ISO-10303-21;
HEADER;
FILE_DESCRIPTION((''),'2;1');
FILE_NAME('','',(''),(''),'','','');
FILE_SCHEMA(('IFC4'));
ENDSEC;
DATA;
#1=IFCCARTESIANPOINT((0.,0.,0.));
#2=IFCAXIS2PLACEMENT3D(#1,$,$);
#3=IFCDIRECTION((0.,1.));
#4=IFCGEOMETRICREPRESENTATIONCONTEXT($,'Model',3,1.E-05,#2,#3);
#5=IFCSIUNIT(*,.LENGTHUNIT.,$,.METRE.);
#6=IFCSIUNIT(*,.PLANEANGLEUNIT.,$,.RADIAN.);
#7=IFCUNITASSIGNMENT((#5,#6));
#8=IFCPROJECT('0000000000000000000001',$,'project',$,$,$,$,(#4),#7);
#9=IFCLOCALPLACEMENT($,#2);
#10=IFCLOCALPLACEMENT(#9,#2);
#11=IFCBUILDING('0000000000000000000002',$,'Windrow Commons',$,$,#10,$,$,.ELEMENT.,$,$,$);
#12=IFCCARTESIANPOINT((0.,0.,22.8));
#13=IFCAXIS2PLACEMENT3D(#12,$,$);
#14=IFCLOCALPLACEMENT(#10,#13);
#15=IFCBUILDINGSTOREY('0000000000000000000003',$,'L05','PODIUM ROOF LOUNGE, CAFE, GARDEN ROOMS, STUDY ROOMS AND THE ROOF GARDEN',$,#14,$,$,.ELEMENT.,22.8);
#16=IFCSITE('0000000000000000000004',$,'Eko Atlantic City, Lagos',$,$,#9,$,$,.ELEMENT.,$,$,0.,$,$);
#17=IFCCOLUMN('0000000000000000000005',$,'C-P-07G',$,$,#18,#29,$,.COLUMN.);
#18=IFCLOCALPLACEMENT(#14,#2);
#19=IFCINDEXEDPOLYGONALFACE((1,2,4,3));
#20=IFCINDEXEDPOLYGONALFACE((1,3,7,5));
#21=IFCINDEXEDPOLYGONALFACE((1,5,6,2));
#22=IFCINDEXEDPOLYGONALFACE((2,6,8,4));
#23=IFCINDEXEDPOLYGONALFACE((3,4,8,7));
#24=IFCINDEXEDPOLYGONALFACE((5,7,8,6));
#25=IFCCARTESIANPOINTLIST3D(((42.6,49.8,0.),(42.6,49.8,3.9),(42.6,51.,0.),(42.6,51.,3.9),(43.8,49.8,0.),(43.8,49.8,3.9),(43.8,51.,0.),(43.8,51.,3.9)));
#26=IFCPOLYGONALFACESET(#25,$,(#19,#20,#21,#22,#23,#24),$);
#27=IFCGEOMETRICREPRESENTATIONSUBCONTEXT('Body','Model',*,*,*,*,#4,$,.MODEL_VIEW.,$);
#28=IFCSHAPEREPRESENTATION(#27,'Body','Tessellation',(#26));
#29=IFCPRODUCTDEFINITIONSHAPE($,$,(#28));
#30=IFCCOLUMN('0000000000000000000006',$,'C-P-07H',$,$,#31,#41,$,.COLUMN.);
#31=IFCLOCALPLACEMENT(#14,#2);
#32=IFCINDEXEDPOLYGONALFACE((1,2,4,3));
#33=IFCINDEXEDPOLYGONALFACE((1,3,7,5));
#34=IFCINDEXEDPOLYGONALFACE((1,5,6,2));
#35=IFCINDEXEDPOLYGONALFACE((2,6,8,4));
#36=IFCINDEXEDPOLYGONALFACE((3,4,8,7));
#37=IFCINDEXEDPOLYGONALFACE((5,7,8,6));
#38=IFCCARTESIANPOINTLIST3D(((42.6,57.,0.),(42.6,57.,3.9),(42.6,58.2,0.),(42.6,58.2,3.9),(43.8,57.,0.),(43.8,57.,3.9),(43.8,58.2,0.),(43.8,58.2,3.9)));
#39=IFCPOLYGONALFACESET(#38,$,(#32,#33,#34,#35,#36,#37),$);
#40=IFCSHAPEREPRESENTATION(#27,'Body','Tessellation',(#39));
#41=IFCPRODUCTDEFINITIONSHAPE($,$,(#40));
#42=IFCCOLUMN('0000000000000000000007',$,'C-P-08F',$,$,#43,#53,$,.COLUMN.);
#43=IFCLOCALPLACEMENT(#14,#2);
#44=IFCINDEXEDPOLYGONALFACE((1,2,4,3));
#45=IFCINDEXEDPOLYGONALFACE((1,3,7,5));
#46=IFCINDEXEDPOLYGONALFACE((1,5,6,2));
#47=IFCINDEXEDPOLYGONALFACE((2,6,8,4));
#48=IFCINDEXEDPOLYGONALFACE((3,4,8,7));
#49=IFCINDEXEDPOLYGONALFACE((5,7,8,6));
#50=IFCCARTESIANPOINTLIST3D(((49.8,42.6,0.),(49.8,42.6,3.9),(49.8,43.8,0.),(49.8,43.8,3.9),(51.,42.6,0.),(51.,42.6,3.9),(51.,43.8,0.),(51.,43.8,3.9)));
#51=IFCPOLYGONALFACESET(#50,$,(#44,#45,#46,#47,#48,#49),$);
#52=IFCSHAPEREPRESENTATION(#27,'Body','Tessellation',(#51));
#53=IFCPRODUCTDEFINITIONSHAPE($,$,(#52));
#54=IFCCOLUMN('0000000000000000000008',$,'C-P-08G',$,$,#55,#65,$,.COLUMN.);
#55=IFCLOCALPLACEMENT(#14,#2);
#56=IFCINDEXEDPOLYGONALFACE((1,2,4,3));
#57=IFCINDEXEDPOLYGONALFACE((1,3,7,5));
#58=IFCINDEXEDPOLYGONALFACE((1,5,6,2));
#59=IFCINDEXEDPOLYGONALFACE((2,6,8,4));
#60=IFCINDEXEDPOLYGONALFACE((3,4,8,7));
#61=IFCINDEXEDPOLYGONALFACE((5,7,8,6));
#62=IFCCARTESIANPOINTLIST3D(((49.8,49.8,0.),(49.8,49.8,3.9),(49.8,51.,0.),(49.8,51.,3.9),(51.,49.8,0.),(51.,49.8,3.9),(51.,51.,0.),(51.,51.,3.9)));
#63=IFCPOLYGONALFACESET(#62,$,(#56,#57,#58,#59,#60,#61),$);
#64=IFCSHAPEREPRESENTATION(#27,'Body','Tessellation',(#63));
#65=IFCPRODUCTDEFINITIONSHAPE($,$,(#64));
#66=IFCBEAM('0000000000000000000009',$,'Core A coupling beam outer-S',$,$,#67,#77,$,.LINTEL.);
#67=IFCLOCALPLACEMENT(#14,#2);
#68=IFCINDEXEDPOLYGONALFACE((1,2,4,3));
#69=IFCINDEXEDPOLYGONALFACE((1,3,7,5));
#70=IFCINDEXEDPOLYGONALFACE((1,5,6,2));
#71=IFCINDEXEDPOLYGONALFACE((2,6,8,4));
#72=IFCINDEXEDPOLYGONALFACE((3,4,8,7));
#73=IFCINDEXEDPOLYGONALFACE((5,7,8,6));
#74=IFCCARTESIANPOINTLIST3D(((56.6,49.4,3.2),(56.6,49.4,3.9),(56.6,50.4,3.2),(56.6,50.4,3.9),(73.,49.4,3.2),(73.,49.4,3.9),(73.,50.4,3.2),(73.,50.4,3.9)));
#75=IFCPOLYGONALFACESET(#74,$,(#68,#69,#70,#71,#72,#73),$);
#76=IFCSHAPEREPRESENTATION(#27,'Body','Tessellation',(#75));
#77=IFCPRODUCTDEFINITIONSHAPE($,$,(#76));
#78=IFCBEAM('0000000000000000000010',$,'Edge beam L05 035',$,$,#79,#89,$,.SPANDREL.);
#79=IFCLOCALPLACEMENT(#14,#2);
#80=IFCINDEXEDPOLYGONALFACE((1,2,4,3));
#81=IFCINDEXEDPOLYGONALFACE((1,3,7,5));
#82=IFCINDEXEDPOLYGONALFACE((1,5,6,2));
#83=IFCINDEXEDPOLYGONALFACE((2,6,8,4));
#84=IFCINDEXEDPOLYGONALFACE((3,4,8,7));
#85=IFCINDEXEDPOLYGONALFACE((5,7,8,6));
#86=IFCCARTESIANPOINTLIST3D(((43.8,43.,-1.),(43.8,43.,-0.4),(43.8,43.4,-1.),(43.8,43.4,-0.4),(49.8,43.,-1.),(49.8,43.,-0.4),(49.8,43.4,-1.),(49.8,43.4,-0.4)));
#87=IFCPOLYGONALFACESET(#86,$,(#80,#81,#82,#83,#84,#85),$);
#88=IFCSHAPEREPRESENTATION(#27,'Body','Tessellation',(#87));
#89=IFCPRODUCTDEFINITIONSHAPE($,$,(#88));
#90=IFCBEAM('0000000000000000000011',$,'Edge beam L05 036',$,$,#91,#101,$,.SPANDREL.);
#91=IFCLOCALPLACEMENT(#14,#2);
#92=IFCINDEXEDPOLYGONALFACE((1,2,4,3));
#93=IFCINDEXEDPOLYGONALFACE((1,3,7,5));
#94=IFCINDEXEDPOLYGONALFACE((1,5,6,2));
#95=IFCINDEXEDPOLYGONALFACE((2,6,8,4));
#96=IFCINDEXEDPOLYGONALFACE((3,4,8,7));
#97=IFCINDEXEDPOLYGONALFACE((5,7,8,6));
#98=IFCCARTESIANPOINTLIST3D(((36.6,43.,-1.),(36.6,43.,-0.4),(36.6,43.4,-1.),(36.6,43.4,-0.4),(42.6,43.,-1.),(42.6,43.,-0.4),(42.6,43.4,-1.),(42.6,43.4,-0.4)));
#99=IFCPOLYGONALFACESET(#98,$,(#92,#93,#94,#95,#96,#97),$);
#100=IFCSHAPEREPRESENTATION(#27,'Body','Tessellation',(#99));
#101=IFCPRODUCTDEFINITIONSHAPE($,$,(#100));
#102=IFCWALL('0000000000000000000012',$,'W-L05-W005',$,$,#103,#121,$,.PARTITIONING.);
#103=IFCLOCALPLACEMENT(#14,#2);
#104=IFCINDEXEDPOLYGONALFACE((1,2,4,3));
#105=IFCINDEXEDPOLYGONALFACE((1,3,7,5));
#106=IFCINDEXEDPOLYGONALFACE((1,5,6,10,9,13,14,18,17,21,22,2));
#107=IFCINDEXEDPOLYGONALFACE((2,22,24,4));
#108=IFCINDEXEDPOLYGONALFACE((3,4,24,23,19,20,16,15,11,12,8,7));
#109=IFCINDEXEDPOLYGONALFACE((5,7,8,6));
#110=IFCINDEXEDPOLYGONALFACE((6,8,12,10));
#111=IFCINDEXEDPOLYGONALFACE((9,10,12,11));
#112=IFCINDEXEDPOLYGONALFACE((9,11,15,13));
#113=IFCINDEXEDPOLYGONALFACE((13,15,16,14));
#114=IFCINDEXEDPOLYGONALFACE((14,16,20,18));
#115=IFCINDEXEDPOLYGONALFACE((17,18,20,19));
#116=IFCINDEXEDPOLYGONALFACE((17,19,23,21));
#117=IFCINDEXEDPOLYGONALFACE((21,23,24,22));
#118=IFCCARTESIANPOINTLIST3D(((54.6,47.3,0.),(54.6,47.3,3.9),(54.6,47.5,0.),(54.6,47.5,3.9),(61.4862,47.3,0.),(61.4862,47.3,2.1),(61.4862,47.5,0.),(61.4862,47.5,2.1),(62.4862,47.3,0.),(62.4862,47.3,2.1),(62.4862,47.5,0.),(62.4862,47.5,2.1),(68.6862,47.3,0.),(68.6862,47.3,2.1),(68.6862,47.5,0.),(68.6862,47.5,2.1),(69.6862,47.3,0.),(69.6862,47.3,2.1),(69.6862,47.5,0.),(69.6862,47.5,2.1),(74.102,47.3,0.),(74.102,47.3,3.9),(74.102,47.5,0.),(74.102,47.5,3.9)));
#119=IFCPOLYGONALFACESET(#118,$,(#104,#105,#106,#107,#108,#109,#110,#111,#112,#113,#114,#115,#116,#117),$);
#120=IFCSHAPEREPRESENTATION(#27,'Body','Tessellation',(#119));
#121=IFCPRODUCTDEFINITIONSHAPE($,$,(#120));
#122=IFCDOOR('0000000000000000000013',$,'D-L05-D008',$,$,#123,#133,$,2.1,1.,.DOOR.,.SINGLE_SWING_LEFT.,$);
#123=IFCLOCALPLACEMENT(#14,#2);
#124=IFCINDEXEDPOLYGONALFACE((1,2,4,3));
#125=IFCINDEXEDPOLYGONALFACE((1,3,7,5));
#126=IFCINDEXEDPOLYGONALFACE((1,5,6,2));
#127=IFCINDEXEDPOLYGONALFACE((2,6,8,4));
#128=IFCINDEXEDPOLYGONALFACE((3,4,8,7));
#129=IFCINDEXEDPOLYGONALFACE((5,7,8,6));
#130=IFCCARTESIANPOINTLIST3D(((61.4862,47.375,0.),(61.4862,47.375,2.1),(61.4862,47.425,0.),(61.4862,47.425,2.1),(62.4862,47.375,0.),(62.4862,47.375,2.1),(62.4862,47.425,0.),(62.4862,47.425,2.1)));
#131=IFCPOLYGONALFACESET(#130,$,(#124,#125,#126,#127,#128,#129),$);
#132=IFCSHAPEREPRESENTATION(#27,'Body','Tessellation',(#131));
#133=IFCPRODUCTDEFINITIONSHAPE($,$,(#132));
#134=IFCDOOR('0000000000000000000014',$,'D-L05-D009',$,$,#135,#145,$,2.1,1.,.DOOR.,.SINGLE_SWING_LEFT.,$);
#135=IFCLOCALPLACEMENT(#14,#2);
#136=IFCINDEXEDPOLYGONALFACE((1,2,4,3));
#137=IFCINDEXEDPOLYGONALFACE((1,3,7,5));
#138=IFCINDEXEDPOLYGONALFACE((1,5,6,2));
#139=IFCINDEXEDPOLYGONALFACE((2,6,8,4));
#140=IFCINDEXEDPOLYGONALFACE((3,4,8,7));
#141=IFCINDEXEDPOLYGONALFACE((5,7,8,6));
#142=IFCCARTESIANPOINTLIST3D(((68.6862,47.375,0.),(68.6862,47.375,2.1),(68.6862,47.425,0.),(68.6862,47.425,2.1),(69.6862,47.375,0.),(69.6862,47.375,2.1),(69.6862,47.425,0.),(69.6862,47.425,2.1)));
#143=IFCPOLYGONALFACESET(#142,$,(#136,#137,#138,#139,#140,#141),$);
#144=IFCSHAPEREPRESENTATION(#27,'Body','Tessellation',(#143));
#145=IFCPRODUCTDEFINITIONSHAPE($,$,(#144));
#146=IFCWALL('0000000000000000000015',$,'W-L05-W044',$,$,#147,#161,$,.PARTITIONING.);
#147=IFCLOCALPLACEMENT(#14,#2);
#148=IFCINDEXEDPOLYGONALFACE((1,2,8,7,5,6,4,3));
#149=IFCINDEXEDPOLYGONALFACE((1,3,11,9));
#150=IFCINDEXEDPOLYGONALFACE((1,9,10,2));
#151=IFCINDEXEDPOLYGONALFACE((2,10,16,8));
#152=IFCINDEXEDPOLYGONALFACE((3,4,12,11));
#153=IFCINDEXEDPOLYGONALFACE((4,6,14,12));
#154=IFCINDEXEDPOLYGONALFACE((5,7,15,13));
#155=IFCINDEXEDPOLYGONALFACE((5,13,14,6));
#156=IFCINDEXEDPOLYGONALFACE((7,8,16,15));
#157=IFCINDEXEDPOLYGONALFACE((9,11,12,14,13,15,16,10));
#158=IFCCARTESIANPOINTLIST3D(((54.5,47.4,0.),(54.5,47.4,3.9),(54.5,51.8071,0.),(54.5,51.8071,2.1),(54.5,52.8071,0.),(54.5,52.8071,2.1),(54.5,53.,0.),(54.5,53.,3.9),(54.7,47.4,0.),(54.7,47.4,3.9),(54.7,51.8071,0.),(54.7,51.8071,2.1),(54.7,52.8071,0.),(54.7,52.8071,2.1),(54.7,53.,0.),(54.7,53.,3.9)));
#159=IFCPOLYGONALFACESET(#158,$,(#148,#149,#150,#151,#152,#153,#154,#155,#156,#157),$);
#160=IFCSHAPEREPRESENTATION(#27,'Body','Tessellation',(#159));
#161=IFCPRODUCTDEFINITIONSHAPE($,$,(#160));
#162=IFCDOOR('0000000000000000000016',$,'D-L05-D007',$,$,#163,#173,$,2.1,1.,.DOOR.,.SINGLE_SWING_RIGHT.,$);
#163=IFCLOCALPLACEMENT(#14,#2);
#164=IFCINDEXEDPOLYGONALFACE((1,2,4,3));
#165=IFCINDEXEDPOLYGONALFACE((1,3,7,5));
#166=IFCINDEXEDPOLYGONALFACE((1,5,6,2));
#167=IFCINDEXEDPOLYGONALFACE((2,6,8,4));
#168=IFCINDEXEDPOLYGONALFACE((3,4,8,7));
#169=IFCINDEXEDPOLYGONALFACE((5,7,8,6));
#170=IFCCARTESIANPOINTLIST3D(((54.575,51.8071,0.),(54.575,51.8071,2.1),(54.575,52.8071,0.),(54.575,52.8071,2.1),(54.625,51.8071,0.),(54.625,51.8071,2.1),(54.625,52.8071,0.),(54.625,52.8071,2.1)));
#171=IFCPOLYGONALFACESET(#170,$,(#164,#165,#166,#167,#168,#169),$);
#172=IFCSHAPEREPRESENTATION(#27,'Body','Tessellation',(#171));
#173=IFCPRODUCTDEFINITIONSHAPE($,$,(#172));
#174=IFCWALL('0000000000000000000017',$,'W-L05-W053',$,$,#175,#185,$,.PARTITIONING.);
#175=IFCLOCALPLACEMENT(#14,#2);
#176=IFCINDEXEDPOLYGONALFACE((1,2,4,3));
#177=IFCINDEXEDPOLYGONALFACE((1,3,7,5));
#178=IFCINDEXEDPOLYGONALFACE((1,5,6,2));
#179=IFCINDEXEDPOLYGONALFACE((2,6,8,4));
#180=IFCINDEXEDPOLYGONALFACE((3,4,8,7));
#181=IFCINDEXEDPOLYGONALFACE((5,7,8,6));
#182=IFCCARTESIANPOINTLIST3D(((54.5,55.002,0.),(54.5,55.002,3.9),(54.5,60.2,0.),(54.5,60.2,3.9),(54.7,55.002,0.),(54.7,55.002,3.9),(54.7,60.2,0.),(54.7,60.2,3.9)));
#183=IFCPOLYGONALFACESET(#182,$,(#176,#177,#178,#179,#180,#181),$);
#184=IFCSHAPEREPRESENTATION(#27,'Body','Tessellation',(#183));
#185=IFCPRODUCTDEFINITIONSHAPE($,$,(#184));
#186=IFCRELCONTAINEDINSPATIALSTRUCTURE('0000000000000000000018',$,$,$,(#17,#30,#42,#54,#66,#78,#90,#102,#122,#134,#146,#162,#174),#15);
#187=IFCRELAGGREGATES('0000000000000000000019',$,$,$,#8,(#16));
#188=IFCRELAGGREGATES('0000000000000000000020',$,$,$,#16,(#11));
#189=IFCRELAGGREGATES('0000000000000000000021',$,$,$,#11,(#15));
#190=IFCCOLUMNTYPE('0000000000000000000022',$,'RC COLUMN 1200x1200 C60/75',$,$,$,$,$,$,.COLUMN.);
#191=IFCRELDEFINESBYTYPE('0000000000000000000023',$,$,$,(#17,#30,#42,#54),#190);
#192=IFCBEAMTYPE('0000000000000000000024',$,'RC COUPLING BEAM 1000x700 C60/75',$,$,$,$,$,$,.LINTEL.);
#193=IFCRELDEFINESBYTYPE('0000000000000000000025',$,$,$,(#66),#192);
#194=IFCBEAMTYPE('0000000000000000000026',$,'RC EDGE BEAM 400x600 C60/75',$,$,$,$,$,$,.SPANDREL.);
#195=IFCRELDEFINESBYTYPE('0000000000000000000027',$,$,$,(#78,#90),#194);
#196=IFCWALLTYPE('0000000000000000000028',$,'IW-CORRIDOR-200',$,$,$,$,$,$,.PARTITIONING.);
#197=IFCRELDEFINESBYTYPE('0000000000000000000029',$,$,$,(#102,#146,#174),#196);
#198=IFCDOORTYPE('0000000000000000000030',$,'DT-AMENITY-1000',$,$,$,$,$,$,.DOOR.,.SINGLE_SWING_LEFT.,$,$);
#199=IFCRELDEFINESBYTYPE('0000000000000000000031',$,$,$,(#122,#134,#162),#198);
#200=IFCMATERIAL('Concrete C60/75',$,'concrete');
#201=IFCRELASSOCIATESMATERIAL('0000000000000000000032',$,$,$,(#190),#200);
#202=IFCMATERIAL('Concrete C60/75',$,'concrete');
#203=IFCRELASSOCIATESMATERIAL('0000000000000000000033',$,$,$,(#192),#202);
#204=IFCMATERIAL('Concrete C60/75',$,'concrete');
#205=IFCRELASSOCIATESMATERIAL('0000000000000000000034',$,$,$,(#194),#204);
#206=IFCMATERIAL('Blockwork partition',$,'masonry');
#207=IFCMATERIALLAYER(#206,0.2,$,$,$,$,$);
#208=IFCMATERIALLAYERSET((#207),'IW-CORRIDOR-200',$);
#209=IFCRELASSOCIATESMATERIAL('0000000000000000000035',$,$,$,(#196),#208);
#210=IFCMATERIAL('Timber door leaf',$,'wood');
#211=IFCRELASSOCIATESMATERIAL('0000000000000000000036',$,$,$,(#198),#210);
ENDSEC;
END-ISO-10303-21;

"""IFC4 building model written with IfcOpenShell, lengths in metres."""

from ifc_helpers import new_model, si_unit, direction, frame, frame_2d, origin, origin_2d, place, context, subcontext, project, spatial, rectangle, extrude, material, layer, layer_set, material_profile, profile_set, type_object, element, fill, save


model = new_model("IFC4")

# Units and contexts
model_context = context("Model", 3, precision=1e-05, world=origin(), true_north=direction((0.0, 1.0)))
body_context = subcontext(model_context, "Body", "Model", "MODEL_VIEW")
ifc_project = project(units=[si_unit("LENGTHUNIT", "METRE"), si_unit("PLANEANGLEUNIT", "RADIAN")], contexts=[model_context])

# Site, building, storey
site_placement = place(None, origin())
site = spatial("IfcSite", under=ifc_project, at=site_placement, Name="Eko Atlantic City, Lagos", CompositionType="ELEMENT", RefElevation=0.0)
building_placement = place(site_placement, origin())
building = spatial("IfcBuilding", under=site, at=building_placement, Name="Windrow Commons", CompositionType="ELEMENT")
storey_placement = place(building_placement, frame((0.0, 0.0, 22.8)))
storey = spatial("IfcBuildingStorey", under=building, at=storey_placement, Name="L05", Description="PODIUM ROOF LOUNGE, CAFE, GARDEN ROOMS, STUDY ROOMS AND THE ROOF GARDEN", CompositionType="ELEMENT", Elevation=22.8)

# Columns
ifc_material_1 = material(Name="Concrete C60/75", Category="concrete")
ifc_material_profile_1 = material_profile(ifc_material_1, rectangle(XDim=1.2, YDim=1.2, at=origin_2d()))
ifc_profile_set_1 = profile_set([ifc_material_profile_1], Name="Concrete C60/75")
column_type = type_object("IfcColumnType", Name="RC COLUMN 1200x1200 C60/75", PredefinedType="COLUMN", material=ifc_profile_set_1)
for number, where, z_axis, x_axis, name in (
    (1, (43.2, 50.4, 0.0), (0.0, 0.0, 1.0), (1.0, 0.0, 0.0), "C-P-07G"),
    (2, (43.2, 57.6, 0.0), (0.0, 0.0, 1.0), (1.0, 0.0, 0.0), "C-P-07H"),
    (3, (50.4, 43.2, 0.0), (0.0, 0.0, 1.0), (1.0, 0.0, 0.0), "C-P-08F"),
    (4, (50.4, 50.4, 0.0), (0.0, 0.0, 1.0), (1.0, 0.0, 0.0), "C-P-08G"),
):
    element("IfcColumn", number, at=place(storey_placement, frame(where, z_axis=z_axis, x_axis=x_axis)), inside=storey, type_object=column_type, Name=name, PredefinedType="COLUMN", context=body_context, shape_type="SweptSolid", body=[
        extrude(rectangle(XDim=1.2, YDim=1.2, at=origin_2d()), origin(), (0.0, 0.0, 1.0), 3.9),
    ])

# Beams
ifc_material_2 = material(Name="Concrete C60/75", Category="concrete")
ifc_material_profile_2 = material_profile(ifc_material_2, rectangle(XDim=1.0, YDim=0.7, at=origin_2d()))
ifc_profile_set_2 = profile_set([ifc_material_profile_2], Name="Concrete C60/75")
beam_type_1 = type_object("IfcBeamType", Name="RC COUPLING BEAM 1000x700 C60/75", PredefinedType="LINTEL", material=ifc_profile_set_2)
beam_placement = place(storey_placement, frame((56.6, 49.9, 3.55), z_axis=(1.0, 0.0, 0.0), x_axis=(0.0, 1.0, 0.0)))
element("IfcBeam", 5, at=beam_placement, inside=storey, type_object=beam_type_1, Name="Core A coupling beam outer-S", PredefinedType="LINTEL", context=body_context, shape_type="SweptSolid", body=[
    extrude(rectangle(XDim=1.0, YDim=0.7, at=origin_2d()), origin(), (0.0, 0.0, 1.0), 16.4),
])
ifc_material_3 = material(Name="Concrete C60/75", Category="concrete")
ifc_material_profile_3 = material_profile(ifc_material_3, rectangle(XDim=0.4, YDim=0.6, at=origin_2d()))
ifc_profile_set_3 = profile_set([ifc_material_profile_3], Name="Concrete C60/75")
beam_type_2 = type_object("IfcBeamType", Name="RC EDGE BEAM 400x600 C60/75", PredefinedType="SPANDREL", material=ifc_profile_set_3)
for number, where, z_axis, x_axis, name in (
    (6, (49.8, 43.2, -0.7), (-1.0, 0.0, 0.0), (0.0, -1.0, 0.0), "Edge beam L05 035"),
    (7, (42.6, 43.2, -0.7), (-1.0, 0.0, 0.0), (0.0, -1.0, 0.0), "Edge beam L05 036"),
):
    element("IfcBeam", number, at=place(storey_placement, frame(where, z_axis=z_axis, x_axis=x_axis)), inside=storey, type_object=beam_type_2, Name=name, PredefinedType="SPANDREL", context=body_context, shape_type="SweptSolid", body=[
        extrude(rectangle(XDim=0.4, YDim=0.6, at=origin_2d()), origin(), (0.0, 0.0, 1.0), 6.0),
    ])

# Wall, openings, doors
ifc_material_4 = material(Name="Blockwork partition", Category="masonry")
ifc_layer_1 = layer(ifc_material_4, 0.2)
ifc_layer_set_1 = layer_set([ifc_layer_1], Name="IW-CORRIDOR-200")
wall_type_1 = type_object("IfcWallType", Name="IW-CORRIDOR-200", PredefinedType="PARTITIONING", material=ifc_layer_set_1)
wall_1_placement = place(storey_placement, frame((54.6, 47.4, 0.0), z_axis=(0.0, 0.0, 1.0), x_axis=(1.0, 0.0, 0.0)))
wall_1 = element("IfcWall", 8, at=wall_1_placement, inside=storey, type_object=wall_type_1, Name="W-L05-W005", PredefinedType="PARTITIONING", context=body_context, shape_type="SweptSolid", body=[
    extrude(rectangle(XDim=19.502, YDim=0.2, at=frame_2d((9.751, 0.0))), origin(), (0.0, 0.0, 1.0), 3.9),
])
opening_1_placement = place(wall_1_placement, frame((6.8862, 0.0, 0.0)))
opening_1 = element("IfcOpeningElement", 9, at=opening_1_placement, cuts=wall_1, PredefinedType="OPENING", context=body_context, shape_type="SweptSolid", body=[
    extrude(rectangle(XDim=1.0, YDim=2.1, at=frame_2d((0.5, 1.05))), frame((0.0, 0.11, 0.0), z_axis=(0.0, -1.0, 0.0), x_axis=(1.0, 0.0, 0.0)), (0.0, 0.0, 1.0), 0.22),
])
opening_2_placement = place(wall_1_placement, frame((14.0862, 0.0, 0.0)))
opening_2 = element("IfcOpeningElement", 10, at=opening_2_placement, cuts=wall_1, PredefinedType="OPENING", context=body_context, shape_type="SweptSolid", body=[
    extrude(rectangle(XDim=1.0, YDim=2.1, at=frame_2d((0.5, 1.05))), frame((0.0, 0.11, 0.0), z_axis=(0.0, -1.0, 0.0), x_axis=(1.0, 0.0, 0.0)), (0.0, 0.0, 1.0), 0.22),
])
ifc_material_5 = material(Name="Timber door leaf", Category="wood")
door_type = type_object("IfcDoorType", Name="DT-AMENITY-1000", OperationType="SINGLE_SWING_LEFT", PredefinedType="DOOR", material=ifc_material_5)
door_1_placement = place(opening_1_placement, origin())
door_1 = element("IfcDoor", 11, at=door_1_placement, inside=storey, type_object=door_type, Name="D-L05-D008", OperationType="SINGLE_SWING_LEFT", OverallHeight=2.1, OverallWidth=1.0, PredefinedType="DOOR", context=body_context, shape_type="SweptSolid", body=[
    extrude(rectangle(XDim=1.0, YDim=2.1, at=frame_2d((0.5, 1.05))), frame((0.0, 0.025, 0.0), z_axis=(0.0, -1.0, 0.0), x_axis=(1.0, 0.0, 0.0)), (0.0, 0.0, 1.0), 0.05),
])
fill(opening_1, door_1)
door_2_placement = place(opening_2_placement, origin())
door_2 = element("IfcDoor", 12, at=door_2_placement, inside=storey, type_object=door_type, Name="D-L05-D009", OperationType="SINGLE_SWING_LEFT", OverallHeight=2.1, OverallWidth=1.0, PredefinedType="DOOR", context=body_context, shape_type="SweptSolid", body=[
    extrude(rectangle(XDim=1.0, YDim=2.1, at=frame_2d((0.5, 1.05))), frame((0.0, 0.025, 0.0), z_axis=(0.0, -1.0, 0.0), x_axis=(1.0, 0.0, 0.0)), (0.0, 0.0, 1.0), 0.05),
])
fill(opening_2, door_2)

# Wall, opening, door
wall_2_placement = place(storey_placement, frame((54.6, 47.4, 0.0), z_axis=(0.0, 0.0, 1.0), x_axis=(0.0, 1.0, 0.0)))
wall_2 = element("IfcWall", 13, at=wall_2_placement, inside=storey, type_object=wall_type_1, Name="W-L05-W044", PredefinedType="PARTITIONING", context=body_context, shape_type="SweptSolid", body=[
    extrude(rectangle(XDim=5.6, YDim=0.2, at=frame_2d((2.8, 0.0))), origin(), (0.0, 0.0, 1.0), 3.9),
])
opening_3_placement = place(wall_2_placement, frame((4.4071, 0.0, 0.0)))
opening_3 = element("IfcOpeningElement", 14, at=opening_3_placement, cuts=wall_2, PredefinedType="OPENING", context=body_context, shape_type="SweptSolid", body=[
    extrude(rectangle(XDim=1.0, YDim=2.1, at=frame_2d((0.5, 1.05))), frame((0.0, 0.11, 0.0), z_axis=(0.0, -1.0, 0.0), x_axis=(1.0, 0.0, 0.0)), (0.0, 0.0, 1.0), 0.22),
])
door_3_placement = place(opening_3_placement, origin())
door_3 = element("IfcDoor", 15, at=door_3_placement, inside=storey, type_object=door_type, Name="D-L05-D007", OperationType="SINGLE_SWING_RIGHT", OverallHeight=2.1, OverallWidth=1.0, PredefinedType="DOOR", context=body_context, shape_type="SweptSolid", body=[
    extrude(rectangle(XDim=1.0, YDim=2.1, at=frame_2d((0.5, 1.05))), frame((0.0, 0.025, 0.0), z_axis=(0.0, -1.0, 0.0), x_axis=(1.0, 0.0, 0.0)), (0.0, 0.0, 1.0), 0.05),
])
fill(opening_3, door_3)

# Wall
wall_3_placement = place(storey_placement, frame((54.6, 55.002, 0.0), z_axis=(0.0, 0.0, 1.0), x_axis=(0.0, 1.0, 0.0)))
element("IfcWall", 16, at=wall_3_placement, inside=storey, type_object=wall_type_1, Name="W-L05-W053", PredefinedType="PARTITIONING", context=body_context, shape_type="SweptSolid", body=[
    extrude(rectangle(XDim=5.198, YDim=0.2, at=frame_2d((2.599, 0.0))), origin(), (0.0, 0.0, 1.0), 3.9),
])

save(model, "model.ifc")
